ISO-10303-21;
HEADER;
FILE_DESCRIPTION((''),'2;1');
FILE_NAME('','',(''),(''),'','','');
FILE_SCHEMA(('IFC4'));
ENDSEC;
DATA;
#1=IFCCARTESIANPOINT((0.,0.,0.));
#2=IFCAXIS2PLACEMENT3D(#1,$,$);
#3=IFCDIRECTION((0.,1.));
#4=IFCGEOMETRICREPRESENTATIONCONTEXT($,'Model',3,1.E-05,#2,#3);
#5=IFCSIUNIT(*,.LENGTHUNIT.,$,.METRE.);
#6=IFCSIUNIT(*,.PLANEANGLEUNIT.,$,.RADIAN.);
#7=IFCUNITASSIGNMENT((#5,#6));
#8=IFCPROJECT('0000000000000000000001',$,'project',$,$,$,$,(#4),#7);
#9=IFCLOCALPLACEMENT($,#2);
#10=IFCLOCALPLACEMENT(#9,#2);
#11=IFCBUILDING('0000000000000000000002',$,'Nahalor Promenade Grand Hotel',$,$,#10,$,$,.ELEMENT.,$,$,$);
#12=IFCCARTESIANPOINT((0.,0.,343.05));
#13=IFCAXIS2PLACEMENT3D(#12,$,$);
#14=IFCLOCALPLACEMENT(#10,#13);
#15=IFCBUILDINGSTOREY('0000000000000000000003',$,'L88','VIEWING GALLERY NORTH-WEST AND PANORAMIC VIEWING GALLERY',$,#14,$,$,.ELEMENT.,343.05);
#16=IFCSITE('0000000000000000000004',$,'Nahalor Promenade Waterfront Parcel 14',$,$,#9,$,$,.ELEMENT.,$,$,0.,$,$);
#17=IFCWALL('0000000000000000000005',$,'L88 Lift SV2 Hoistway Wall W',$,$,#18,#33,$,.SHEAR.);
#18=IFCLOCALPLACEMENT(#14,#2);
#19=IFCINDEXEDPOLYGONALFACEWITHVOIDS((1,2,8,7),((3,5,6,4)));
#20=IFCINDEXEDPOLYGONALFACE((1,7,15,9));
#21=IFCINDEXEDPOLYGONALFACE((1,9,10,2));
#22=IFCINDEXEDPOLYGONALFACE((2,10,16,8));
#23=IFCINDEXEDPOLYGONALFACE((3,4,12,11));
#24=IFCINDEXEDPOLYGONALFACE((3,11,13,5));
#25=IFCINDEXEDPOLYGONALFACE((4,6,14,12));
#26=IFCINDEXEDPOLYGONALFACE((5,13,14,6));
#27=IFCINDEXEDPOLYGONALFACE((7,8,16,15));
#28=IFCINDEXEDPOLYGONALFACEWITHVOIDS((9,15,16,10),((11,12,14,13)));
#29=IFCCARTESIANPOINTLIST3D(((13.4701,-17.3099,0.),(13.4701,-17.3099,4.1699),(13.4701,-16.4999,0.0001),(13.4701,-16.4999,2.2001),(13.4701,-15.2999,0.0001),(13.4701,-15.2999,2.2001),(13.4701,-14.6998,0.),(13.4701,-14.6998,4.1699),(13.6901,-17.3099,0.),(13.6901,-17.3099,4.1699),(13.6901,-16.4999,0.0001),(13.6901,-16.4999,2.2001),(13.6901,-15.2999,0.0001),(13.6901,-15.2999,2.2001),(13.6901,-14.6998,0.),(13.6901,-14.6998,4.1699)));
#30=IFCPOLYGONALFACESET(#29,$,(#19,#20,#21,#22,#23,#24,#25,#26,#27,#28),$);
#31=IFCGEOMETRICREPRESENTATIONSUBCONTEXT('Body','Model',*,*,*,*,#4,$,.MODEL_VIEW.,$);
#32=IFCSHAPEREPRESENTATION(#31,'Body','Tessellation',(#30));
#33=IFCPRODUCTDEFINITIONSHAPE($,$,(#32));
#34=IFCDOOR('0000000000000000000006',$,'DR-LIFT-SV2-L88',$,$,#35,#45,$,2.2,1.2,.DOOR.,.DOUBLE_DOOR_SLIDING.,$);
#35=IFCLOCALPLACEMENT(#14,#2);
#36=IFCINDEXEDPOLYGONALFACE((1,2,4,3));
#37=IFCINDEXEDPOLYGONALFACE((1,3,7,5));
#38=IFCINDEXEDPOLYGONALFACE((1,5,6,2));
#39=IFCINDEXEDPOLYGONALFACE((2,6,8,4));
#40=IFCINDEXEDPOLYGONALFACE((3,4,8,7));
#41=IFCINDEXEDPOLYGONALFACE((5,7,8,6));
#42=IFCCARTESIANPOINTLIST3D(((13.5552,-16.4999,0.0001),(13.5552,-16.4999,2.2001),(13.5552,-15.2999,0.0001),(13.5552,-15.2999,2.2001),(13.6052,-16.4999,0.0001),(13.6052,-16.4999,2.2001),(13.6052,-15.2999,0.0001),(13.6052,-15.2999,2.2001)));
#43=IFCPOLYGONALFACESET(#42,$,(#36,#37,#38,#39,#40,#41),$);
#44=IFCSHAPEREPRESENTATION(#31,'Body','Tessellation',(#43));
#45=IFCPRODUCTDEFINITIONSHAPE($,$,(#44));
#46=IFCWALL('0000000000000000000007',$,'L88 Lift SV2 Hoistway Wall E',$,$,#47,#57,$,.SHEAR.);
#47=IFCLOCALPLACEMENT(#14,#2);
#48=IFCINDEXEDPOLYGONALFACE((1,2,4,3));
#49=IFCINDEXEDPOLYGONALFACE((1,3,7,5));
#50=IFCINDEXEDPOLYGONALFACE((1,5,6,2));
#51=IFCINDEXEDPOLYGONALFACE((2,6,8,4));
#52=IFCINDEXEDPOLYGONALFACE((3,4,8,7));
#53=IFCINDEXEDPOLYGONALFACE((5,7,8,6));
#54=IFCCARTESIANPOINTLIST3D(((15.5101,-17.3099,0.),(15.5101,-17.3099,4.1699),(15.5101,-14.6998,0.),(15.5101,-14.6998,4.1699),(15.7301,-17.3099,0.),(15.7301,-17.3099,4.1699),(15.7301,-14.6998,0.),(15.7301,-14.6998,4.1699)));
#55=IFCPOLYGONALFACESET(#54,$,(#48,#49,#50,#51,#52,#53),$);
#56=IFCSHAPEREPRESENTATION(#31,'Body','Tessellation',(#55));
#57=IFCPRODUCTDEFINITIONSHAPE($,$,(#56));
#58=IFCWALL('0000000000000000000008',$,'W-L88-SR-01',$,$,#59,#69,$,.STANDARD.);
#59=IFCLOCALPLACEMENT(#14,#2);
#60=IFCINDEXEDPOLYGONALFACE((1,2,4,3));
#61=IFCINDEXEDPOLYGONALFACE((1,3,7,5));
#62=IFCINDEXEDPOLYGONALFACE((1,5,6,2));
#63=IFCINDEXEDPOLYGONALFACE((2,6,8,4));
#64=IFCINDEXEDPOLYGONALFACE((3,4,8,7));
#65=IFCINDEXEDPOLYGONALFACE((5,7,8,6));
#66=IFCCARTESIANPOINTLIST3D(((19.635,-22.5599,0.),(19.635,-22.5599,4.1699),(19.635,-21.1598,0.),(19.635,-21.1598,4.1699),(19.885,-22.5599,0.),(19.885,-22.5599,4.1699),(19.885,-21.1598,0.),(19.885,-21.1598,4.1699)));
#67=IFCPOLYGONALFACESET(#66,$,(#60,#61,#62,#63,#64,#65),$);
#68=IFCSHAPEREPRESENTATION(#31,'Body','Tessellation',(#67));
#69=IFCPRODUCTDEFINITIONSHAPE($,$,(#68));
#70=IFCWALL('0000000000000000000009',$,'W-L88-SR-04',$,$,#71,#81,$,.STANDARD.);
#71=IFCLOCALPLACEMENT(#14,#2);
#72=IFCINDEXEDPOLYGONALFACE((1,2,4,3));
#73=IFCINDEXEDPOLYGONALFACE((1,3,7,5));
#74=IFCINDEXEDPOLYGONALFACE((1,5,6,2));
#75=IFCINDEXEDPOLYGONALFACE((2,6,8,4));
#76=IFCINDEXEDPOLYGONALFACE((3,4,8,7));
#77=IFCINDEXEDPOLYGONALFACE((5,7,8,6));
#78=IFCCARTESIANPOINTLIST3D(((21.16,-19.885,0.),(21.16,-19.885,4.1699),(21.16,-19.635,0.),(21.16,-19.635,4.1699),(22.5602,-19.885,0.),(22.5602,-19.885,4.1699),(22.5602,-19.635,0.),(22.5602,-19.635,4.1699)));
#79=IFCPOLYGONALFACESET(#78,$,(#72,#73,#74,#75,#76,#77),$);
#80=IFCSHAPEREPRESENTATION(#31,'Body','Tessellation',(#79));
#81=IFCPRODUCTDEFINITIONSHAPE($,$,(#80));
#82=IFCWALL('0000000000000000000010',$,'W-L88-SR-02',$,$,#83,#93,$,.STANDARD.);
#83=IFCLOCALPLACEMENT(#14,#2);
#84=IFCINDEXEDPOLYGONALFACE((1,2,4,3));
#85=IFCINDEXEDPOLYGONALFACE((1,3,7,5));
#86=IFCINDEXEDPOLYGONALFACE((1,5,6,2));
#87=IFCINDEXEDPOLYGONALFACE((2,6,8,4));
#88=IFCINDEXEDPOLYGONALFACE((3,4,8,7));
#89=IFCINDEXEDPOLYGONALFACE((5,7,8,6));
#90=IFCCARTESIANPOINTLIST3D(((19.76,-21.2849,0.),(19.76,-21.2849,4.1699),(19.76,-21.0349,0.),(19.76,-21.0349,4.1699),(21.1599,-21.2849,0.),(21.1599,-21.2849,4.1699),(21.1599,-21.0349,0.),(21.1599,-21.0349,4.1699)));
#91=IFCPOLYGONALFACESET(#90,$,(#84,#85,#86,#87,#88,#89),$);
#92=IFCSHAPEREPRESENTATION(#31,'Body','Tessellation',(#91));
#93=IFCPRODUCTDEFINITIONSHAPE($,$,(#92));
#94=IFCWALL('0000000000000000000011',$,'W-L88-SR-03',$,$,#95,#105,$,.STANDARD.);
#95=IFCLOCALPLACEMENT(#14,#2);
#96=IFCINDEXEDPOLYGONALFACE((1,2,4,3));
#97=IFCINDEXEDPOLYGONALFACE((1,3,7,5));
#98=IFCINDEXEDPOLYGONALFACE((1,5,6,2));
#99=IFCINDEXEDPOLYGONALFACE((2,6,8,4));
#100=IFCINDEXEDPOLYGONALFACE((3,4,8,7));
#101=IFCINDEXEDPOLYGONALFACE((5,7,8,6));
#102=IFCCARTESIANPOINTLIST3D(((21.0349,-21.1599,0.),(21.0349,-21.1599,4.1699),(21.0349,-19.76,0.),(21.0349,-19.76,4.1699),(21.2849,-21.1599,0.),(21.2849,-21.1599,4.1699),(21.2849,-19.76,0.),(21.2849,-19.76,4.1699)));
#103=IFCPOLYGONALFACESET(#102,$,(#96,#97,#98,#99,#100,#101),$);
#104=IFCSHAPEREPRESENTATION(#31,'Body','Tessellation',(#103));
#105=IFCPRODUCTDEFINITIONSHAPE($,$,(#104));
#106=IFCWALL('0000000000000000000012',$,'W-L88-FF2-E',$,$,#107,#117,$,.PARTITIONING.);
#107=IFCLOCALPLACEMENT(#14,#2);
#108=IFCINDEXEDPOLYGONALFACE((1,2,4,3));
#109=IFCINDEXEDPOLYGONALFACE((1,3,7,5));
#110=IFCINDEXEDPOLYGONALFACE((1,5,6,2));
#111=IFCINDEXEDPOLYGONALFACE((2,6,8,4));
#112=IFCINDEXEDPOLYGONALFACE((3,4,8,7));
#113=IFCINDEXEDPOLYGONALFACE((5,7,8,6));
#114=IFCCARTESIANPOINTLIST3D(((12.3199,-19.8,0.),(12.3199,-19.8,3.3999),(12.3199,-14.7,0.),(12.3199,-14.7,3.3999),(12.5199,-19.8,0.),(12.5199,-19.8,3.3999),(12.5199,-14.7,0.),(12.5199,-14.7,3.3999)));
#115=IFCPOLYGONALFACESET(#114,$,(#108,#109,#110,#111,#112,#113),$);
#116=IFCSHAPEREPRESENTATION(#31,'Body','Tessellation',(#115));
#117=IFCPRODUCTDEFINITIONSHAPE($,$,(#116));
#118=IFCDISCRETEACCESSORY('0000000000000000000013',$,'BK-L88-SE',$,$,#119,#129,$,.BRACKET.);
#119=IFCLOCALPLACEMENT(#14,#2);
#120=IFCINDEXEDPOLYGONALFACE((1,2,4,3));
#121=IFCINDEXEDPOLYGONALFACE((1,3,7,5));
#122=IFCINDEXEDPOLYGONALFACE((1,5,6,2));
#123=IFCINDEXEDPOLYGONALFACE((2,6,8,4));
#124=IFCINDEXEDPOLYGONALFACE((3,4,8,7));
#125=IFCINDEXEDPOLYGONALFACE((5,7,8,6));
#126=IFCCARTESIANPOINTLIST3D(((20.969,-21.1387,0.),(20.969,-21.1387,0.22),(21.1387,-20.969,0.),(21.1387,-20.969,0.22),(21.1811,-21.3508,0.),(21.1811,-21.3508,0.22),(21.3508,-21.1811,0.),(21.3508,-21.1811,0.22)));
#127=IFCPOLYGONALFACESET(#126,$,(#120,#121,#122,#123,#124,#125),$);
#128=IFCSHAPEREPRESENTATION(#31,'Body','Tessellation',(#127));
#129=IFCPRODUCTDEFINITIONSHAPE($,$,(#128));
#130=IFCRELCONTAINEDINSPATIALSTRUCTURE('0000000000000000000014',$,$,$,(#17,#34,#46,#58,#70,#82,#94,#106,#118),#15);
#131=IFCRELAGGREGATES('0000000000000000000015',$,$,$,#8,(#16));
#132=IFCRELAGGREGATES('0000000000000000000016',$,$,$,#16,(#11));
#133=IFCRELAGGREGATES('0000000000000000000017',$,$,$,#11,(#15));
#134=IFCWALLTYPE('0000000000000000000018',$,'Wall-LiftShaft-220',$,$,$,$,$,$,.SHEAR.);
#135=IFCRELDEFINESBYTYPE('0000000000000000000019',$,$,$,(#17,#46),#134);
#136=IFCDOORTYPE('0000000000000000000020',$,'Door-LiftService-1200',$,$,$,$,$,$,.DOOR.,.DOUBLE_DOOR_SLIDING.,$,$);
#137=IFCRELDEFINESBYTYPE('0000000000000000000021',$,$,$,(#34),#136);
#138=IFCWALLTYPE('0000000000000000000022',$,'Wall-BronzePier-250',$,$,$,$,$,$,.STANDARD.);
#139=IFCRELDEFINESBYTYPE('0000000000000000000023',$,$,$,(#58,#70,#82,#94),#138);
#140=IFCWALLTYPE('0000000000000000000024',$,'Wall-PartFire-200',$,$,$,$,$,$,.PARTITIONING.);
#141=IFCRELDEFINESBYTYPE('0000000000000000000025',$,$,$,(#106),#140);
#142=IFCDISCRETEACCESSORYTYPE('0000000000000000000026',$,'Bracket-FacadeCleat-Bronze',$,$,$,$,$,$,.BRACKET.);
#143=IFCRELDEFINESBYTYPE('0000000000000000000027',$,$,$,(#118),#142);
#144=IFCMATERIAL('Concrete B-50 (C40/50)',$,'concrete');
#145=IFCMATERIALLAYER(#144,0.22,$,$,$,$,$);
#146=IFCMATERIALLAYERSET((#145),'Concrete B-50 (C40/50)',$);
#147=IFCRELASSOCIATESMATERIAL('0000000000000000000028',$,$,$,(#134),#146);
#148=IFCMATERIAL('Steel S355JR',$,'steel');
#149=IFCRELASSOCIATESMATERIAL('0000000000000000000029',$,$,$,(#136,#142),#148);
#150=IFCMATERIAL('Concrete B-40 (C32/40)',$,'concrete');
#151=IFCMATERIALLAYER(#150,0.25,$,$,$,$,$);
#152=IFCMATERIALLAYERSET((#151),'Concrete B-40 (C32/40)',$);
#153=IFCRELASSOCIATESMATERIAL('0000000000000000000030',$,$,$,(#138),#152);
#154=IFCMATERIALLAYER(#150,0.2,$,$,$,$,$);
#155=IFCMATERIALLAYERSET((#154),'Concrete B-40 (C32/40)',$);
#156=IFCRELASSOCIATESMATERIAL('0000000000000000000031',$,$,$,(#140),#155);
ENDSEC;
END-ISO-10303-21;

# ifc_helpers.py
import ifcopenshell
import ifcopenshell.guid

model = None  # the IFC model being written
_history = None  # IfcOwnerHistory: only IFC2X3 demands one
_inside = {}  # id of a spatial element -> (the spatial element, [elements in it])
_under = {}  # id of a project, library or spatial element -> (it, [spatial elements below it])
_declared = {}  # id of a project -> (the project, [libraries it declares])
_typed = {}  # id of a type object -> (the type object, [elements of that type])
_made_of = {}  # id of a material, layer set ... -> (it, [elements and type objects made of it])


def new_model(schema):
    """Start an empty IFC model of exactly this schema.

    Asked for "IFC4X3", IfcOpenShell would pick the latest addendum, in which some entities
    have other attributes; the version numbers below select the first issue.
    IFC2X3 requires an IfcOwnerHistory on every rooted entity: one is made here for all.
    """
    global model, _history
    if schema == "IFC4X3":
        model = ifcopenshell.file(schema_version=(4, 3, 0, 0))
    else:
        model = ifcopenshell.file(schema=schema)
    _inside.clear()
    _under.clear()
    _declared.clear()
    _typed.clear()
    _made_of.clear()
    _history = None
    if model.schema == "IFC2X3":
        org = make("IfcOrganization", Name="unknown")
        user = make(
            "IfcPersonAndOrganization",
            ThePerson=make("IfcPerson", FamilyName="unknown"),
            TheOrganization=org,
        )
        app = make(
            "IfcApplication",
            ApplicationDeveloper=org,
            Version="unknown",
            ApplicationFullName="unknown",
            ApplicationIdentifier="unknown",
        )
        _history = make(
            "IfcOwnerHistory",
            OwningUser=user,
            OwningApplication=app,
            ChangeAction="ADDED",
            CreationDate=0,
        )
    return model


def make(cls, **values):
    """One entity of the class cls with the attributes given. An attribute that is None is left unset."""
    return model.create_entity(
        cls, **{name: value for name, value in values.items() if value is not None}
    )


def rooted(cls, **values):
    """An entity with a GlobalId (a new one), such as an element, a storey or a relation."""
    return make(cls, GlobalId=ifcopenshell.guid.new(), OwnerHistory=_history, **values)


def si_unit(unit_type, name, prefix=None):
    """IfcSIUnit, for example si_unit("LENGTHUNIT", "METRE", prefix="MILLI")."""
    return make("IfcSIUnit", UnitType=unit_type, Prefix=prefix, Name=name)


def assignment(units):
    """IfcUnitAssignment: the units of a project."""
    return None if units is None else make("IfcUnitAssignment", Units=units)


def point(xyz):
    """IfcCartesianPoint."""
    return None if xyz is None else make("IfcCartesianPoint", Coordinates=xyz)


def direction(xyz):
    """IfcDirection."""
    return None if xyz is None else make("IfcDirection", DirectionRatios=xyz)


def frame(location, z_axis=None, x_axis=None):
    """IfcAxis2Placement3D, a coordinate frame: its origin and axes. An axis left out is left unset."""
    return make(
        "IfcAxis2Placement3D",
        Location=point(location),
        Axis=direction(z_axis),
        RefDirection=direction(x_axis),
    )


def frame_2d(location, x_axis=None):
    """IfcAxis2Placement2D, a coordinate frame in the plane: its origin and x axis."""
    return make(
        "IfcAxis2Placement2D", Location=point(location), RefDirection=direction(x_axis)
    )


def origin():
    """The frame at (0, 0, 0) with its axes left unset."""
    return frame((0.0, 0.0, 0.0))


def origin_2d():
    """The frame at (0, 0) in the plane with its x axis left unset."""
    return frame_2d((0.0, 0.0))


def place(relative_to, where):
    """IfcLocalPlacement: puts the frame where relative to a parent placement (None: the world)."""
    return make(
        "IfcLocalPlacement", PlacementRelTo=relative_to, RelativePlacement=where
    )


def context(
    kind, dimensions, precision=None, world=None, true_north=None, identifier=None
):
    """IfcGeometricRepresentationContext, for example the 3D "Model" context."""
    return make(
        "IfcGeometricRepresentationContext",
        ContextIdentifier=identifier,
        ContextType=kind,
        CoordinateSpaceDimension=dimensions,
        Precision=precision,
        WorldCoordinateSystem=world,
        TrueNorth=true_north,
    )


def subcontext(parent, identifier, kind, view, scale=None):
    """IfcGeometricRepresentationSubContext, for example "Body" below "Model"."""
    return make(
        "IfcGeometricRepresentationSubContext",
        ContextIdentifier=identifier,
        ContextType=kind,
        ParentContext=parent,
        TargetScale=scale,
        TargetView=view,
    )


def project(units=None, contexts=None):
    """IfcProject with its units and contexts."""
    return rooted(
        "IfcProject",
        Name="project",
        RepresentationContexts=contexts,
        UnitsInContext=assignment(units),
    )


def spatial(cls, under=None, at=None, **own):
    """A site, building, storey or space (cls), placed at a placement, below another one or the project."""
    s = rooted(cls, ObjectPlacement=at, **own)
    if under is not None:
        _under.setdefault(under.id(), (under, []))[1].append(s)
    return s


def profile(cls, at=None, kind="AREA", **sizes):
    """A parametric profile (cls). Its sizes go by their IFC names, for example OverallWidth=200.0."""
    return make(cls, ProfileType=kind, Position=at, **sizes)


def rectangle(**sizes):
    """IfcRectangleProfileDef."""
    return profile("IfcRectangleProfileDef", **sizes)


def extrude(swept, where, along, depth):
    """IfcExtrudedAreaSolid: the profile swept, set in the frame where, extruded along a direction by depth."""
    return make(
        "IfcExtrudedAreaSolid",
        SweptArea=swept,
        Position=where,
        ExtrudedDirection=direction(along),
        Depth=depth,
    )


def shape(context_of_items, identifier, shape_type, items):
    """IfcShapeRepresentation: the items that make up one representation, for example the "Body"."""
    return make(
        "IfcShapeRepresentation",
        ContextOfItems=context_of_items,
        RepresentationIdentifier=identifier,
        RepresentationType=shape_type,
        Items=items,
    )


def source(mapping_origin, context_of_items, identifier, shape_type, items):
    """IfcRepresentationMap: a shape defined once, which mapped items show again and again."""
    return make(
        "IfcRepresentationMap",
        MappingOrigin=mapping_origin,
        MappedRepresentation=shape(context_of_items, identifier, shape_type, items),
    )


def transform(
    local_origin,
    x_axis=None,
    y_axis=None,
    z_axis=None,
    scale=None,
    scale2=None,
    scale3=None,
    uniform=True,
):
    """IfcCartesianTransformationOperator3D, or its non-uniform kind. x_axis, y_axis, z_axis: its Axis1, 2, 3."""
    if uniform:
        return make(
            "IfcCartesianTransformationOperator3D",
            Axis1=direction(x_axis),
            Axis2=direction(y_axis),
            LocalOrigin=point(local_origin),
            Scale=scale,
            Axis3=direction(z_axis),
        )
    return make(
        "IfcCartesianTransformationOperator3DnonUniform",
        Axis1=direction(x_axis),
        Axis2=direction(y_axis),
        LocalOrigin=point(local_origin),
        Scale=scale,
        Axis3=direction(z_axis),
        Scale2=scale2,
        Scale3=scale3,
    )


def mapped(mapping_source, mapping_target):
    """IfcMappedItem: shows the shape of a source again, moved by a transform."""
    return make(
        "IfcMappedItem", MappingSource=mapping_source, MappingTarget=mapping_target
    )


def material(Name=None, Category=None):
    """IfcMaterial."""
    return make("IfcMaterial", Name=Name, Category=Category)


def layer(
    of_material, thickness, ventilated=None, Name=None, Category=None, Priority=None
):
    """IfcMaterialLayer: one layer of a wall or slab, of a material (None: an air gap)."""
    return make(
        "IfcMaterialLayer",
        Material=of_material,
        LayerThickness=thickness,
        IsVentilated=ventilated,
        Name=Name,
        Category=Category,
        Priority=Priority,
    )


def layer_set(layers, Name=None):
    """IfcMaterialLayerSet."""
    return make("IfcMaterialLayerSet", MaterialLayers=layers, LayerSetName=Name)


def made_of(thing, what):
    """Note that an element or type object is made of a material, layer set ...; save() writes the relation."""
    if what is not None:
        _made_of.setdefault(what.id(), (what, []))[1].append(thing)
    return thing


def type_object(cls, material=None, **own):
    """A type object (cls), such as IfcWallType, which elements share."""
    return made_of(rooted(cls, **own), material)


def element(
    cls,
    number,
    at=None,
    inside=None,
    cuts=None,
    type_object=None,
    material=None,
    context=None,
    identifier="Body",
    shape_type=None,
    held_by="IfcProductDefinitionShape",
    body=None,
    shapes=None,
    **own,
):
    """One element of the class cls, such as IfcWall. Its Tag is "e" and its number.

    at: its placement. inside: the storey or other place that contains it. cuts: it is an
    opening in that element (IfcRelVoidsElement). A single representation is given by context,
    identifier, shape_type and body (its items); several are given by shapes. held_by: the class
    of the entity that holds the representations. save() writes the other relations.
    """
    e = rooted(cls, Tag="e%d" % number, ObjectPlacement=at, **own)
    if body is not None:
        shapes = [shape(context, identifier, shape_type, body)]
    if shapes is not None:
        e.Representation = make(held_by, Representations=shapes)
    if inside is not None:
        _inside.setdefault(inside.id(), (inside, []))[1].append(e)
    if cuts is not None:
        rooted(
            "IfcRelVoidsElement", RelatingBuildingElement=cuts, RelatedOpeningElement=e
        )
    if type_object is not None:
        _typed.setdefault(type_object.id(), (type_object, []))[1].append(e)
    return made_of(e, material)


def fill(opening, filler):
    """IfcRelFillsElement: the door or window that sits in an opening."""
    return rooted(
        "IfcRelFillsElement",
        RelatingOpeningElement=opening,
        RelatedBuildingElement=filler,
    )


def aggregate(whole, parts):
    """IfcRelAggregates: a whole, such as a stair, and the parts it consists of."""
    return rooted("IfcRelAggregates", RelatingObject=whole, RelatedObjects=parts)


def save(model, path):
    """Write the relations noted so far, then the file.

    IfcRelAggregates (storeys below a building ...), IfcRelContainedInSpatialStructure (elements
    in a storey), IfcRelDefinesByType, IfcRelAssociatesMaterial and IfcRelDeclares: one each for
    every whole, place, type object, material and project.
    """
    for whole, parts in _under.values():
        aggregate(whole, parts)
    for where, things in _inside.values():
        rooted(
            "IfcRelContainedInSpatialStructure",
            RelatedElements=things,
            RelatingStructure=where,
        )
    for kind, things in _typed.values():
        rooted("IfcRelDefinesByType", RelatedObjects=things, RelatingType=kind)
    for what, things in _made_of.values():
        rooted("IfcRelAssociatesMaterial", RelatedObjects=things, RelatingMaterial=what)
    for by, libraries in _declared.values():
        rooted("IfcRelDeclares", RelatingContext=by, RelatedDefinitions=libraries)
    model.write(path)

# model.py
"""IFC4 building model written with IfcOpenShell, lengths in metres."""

from ifc_helpers import new_model, si_unit, direction, frame, frame_2d, origin, origin_2d, place, context, subcontext, project, spatial, rectangle, extrude, source, transform, mapped, material, layer, layer_set, type_object, element, fill, save


model = new_model("IFC4")

# Units and contexts
model_context = context("Model", 3, precision=1e-05, world=origin(), true_north=direction((0.0, 1.0)))
body_context = subcontext(model_context, "Body", "Model", "MODEL_VIEW")
ifc_project = project(units=[si_unit("LENGTHUNIT", "METRE"), si_unit("PLANEANGLEUNIT", "RADIAN")], contexts=[model_context])

# Site, building, storey
site_placement = place(None, origin())
site = spatial("IfcSite", under=ifc_project, at=site_placement, Name="Nahalor Promenade Waterfront Parcel 14", CompositionType="ELEMENT", RefElevation=0.0)
building_placement = place(site_placement, origin())
building = spatial("IfcBuilding", under=site, at=building_placement, Name="Nahalor Promenade Grand Hotel", CompositionType="ELEMENT")
storey_placement = place(building_placement, frame((0.0, 0.0, 343.05)))
storey = spatial("IfcBuildingStorey", under=building, at=storey_placement, Name="L88", Description="VIEWING GALLERY NORTH-WEST AND PANORAMIC VIEWING GALLERY", CompositionType="ELEMENT", Elevation=343.05)

# Shared definitions
ifc_material_1 = material(Name="Concrete B-50 (C40/50)", Category="concrete")
ifc_material_2 = material(Name="Steel S355JR", Category="steel")

# Shared definitions
ifc_layer_1 = layer(ifc_material_1, 0.22)
ifc_layer_set_1 = layer_set([ifc_layer_1], Name="Concrete B-50 (C40/50)")
wall_type_1 = type_object("IfcWallType", Name="Wall-LiftShaft-220", PredefinedType="SHEAR", material=ifc_layer_set_1)

# Wall, opening, door
shared_shape_1 = source(origin(), body_context, "Body", "SweptSolid", [
    extrude(rectangle(XDim=2.6101, YDim=0.22, at=frame_2d((1.3052, 0.0))), origin(), (0.0, 0.0, 1.0), 4.1699),
])
wall_1_placement = place(storey_placement, frame((13.5801, -17.3101, 0.0), z_axis=(0.0, 0.0, 1.0), x_axis=(0.0, 1.0, 0.0)))
wall_1 = element("IfcWall", 1, at=wall_1_placement, inside=storey, type_object=wall_type_1, Name="L88 Lift SV2 Hoistway Wall W", PredefinedType="SHEAR", context=body_context, shape_type="MappedRepresentation", body=[
    mapped(shared_shape_1, transform((0.0, 0.0, 0.0), scale=1.0)),
])
opening_placement = place(wall_1_placement, frame((0.8101, 0.0, 0.0)))
opening = element("IfcOpeningElement", 2, at=opening_placement, cuts=wall_1, PredefinedType="OPENING", context=body_context, shape_type="SweptSolid", body=[
    extrude(rectangle(XDim=1.2, YDim=2.2, at=frame_2d((0.6001, 1.1001))), frame((0.0, 0.1199, 0.0), z_axis=(0.0, -1.0, 0.0), x_axis=(1.0, 0.0, 0.0)), (0.0, 0.0, 1.0), 0.24),
])
door_type = type_object("IfcDoorType", Name="Door-LiftService-1200", OperationType="DOUBLE_DOOR_SLIDING", PredefinedType="DOOR", material=ifc_material_2)
shared_shape_2 = source(origin(), body_context, "Body", "SweptSolid", [
    extrude(rectangle(XDim=1.2, YDim=2.2, at=frame_2d((0.6001, 1.1001))), frame((0.0, 0.0249, 0.0), z_axis=(0.0, -1.0, 0.0), x_axis=(1.0, 0.0, 0.0)), (0.0, 0.0, 1.0), 0.05),
])
door_placement = place(opening_placement, origin())
door = element("IfcDoor", 3, at=door_placement, inside=storey, type_object=door_type, Name="DR-LIFT-SV2-L88", OperationType="DOUBLE_DOOR_SLIDING", OverallHeight=2.2, OverallWidth=1.2, PredefinedType="DOOR", context=body_context, shape_type="MappedRepresentation", body=[
    mapped(shared_shape_2, transform((0.0, 0.0, 0.0), scale=1.0)),
])
fill(opening, door)

# Walls
wall_2_placement = place(storey_placement, frame((15.6201, -17.3101, 0.0), z_axis=(0.0, 0.0, 1.0), x_axis=(0.0, 1.0, 0.0)))
element("IfcWall", 4, at=wall_2_placement, inside=storey, type_object=wall_type_1, Name="L88 Lift SV2 Hoistway Wall E", PredefinedType="SHEAR", context=body_context, shape_type="MappedRepresentation", body=[
    mapped(shared_shape_1, transform((0.0, 0.0, 0.0), scale=1.0)),
])
ifc_material_3 = material(Name="Concrete B-40 (C32/40)", Category="concrete")
ifc_layer_2 = layer(ifc_material_3, 0.25)
ifc_layer_set_2 = layer_set([ifc_layer_2], Name="Concrete B-40 (C32/40)")
wall_type_2 = type_object("IfcWallType", Name="Wall-BronzePier-250", PredefinedType="STANDARD", material=ifc_layer_set_2)
shared_shape_3 = source(origin(), body_context, "Body", "SweptSolid", [
    extrude(rectangle(XDim=1.4001, YDim=0.25, at=frame_2d((0.7002, 0.0))), origin(), (0.0, 0.0, 1.0), 4.1699),
])
for number, where, z_axis, x_axis, name in (
    (5, (19.76, -22.5601, 0.0), (0.0, 0.0, 1.0), (0.0, 1.0, 0.0), "W-L88-SR-01"),
    (6, (21.1599, -19.76, 0.0), (0.0, 0.0, 1.0), (1.0, 0.0, 0.0), "W-L88-SR-04"),
):
    element("IfcWall", number, at=place(storey_placement, frame(where, z_axis=z_axis, x_axis=x_axis)), inside=storey, type_object=wall_type_2, Name=name, PredefinedType="STANDARD", context=body_context, shape_type="MappedRepresentation", body=[
        mapped(shared_shape_3, transform((0.0, 0.0, 0.0), scale=1.0)),
    ])
shared_shape_4 = source(origin(), body_context, "Body", "SweptSolid", [
    extrude(rectangle(XDim=1.3999, YDim=0.25, at=frame_2d((0.7, 0.0))), origin(), (0.0, 0.0, 1.0), 4.1699),
])
for number, where, z_axis, x_axis, name in (
    (7, (19.76, -21.1599, 0.0), (0.0, 0.0, 1.0), (1.0, 0.0, 0.0), "W-L88-SR-02"),
    (8, (21.1599, -21.1599, 0.0), (0.0, 0.0, 1.0), (0.0, 1.0, 0.0), "W-L88-SR-03"),
):
    element("IfcWall", number, at=place(storey_placement, frame(where, z_axis=z_axis, x_axis=x_axis)), inside=storey, type_object=wall_type_2, Name=name, PredefinedType="STANDARD", context=body_context, shape_type="MappedRepresentation", body=[
        mapped(shared_shape_4, transform((0.0, 0.0, 0.0), scale=1.0)),
    ])
ifc_layer_3 = layer(ifc_material_3, 0.2)
ifc_layer_set_3 = layer_set([ifc_layer_3], Name="Concrete B-40 (C32/40)")
wall_type_3 = type_object("IfcWallType", Name="Wall-PartFire-200", PredefinedType="PARTITIONING", material=ifc_layer_set_3)
shared_shape_5 = source(origin(), body_context, "Body", "SweptSolid", [
    extrude(rectangle(XDim=5.1001, YDim=0.2, at=frame_2d((2.55, 0.0))), origin(), (0.0, 0.0, 1.0), 3.3999),
])
wall_3_placement = place(storey_placement, frame((12.4199, -19.8, 0.0), z_axis=(0.0, 0.0, 1.0), x_axis=(0.0, 1.0, 0.0)))
element("IfcWall", 9, at=wall_3_placement, inside=storey, type_object=wall_type_3, Name="W-L88-FF2-E", PredefinedType="PARTITIONING", context=body_context, shape_type="MappedRepresentation", body=[
    mapped(shared_shape_5, transform((0.0, 0.0, 0.0), scale=1.0)),
])

# Discrete accessory
discrete_accessory_type = type_object("IfcDiscreteAccessoryType", Name="Bracket-FacadeCleat-Bronze", PredefinedType="BRACKET", material=ifc_material_2)
shared_shape_6 = source(origin(), body_context, "Body", "SweptSolid", [
    extrude(rectangle(XDim=0.3, YDim=0.24, at=origin_2d()), origin(), (0.0, 0.0, 1.0), 0.22),
])
discrete_accessory_placement = place(storey_placement, frame((21.1599, -21.1599, 0.0), z_axis=(0.0, 0.0, 1.0), x_axis=(-0.707107, 0.707107, 0.0)))
element("IfcDiscreteAccessory", 10, at=discrete_accessory_placement, inside=storey, type_object=discrete_accessory_type, Name="BK-L88-SE", PredefinedType="BRACKET", context=body_context, shape_type="MappedRepresentation", body=[
    mapped(shared_shape_6, transform((0.0, 0.0, 0.0), scale=1.0)),
])

save(model, "model.ifc")
